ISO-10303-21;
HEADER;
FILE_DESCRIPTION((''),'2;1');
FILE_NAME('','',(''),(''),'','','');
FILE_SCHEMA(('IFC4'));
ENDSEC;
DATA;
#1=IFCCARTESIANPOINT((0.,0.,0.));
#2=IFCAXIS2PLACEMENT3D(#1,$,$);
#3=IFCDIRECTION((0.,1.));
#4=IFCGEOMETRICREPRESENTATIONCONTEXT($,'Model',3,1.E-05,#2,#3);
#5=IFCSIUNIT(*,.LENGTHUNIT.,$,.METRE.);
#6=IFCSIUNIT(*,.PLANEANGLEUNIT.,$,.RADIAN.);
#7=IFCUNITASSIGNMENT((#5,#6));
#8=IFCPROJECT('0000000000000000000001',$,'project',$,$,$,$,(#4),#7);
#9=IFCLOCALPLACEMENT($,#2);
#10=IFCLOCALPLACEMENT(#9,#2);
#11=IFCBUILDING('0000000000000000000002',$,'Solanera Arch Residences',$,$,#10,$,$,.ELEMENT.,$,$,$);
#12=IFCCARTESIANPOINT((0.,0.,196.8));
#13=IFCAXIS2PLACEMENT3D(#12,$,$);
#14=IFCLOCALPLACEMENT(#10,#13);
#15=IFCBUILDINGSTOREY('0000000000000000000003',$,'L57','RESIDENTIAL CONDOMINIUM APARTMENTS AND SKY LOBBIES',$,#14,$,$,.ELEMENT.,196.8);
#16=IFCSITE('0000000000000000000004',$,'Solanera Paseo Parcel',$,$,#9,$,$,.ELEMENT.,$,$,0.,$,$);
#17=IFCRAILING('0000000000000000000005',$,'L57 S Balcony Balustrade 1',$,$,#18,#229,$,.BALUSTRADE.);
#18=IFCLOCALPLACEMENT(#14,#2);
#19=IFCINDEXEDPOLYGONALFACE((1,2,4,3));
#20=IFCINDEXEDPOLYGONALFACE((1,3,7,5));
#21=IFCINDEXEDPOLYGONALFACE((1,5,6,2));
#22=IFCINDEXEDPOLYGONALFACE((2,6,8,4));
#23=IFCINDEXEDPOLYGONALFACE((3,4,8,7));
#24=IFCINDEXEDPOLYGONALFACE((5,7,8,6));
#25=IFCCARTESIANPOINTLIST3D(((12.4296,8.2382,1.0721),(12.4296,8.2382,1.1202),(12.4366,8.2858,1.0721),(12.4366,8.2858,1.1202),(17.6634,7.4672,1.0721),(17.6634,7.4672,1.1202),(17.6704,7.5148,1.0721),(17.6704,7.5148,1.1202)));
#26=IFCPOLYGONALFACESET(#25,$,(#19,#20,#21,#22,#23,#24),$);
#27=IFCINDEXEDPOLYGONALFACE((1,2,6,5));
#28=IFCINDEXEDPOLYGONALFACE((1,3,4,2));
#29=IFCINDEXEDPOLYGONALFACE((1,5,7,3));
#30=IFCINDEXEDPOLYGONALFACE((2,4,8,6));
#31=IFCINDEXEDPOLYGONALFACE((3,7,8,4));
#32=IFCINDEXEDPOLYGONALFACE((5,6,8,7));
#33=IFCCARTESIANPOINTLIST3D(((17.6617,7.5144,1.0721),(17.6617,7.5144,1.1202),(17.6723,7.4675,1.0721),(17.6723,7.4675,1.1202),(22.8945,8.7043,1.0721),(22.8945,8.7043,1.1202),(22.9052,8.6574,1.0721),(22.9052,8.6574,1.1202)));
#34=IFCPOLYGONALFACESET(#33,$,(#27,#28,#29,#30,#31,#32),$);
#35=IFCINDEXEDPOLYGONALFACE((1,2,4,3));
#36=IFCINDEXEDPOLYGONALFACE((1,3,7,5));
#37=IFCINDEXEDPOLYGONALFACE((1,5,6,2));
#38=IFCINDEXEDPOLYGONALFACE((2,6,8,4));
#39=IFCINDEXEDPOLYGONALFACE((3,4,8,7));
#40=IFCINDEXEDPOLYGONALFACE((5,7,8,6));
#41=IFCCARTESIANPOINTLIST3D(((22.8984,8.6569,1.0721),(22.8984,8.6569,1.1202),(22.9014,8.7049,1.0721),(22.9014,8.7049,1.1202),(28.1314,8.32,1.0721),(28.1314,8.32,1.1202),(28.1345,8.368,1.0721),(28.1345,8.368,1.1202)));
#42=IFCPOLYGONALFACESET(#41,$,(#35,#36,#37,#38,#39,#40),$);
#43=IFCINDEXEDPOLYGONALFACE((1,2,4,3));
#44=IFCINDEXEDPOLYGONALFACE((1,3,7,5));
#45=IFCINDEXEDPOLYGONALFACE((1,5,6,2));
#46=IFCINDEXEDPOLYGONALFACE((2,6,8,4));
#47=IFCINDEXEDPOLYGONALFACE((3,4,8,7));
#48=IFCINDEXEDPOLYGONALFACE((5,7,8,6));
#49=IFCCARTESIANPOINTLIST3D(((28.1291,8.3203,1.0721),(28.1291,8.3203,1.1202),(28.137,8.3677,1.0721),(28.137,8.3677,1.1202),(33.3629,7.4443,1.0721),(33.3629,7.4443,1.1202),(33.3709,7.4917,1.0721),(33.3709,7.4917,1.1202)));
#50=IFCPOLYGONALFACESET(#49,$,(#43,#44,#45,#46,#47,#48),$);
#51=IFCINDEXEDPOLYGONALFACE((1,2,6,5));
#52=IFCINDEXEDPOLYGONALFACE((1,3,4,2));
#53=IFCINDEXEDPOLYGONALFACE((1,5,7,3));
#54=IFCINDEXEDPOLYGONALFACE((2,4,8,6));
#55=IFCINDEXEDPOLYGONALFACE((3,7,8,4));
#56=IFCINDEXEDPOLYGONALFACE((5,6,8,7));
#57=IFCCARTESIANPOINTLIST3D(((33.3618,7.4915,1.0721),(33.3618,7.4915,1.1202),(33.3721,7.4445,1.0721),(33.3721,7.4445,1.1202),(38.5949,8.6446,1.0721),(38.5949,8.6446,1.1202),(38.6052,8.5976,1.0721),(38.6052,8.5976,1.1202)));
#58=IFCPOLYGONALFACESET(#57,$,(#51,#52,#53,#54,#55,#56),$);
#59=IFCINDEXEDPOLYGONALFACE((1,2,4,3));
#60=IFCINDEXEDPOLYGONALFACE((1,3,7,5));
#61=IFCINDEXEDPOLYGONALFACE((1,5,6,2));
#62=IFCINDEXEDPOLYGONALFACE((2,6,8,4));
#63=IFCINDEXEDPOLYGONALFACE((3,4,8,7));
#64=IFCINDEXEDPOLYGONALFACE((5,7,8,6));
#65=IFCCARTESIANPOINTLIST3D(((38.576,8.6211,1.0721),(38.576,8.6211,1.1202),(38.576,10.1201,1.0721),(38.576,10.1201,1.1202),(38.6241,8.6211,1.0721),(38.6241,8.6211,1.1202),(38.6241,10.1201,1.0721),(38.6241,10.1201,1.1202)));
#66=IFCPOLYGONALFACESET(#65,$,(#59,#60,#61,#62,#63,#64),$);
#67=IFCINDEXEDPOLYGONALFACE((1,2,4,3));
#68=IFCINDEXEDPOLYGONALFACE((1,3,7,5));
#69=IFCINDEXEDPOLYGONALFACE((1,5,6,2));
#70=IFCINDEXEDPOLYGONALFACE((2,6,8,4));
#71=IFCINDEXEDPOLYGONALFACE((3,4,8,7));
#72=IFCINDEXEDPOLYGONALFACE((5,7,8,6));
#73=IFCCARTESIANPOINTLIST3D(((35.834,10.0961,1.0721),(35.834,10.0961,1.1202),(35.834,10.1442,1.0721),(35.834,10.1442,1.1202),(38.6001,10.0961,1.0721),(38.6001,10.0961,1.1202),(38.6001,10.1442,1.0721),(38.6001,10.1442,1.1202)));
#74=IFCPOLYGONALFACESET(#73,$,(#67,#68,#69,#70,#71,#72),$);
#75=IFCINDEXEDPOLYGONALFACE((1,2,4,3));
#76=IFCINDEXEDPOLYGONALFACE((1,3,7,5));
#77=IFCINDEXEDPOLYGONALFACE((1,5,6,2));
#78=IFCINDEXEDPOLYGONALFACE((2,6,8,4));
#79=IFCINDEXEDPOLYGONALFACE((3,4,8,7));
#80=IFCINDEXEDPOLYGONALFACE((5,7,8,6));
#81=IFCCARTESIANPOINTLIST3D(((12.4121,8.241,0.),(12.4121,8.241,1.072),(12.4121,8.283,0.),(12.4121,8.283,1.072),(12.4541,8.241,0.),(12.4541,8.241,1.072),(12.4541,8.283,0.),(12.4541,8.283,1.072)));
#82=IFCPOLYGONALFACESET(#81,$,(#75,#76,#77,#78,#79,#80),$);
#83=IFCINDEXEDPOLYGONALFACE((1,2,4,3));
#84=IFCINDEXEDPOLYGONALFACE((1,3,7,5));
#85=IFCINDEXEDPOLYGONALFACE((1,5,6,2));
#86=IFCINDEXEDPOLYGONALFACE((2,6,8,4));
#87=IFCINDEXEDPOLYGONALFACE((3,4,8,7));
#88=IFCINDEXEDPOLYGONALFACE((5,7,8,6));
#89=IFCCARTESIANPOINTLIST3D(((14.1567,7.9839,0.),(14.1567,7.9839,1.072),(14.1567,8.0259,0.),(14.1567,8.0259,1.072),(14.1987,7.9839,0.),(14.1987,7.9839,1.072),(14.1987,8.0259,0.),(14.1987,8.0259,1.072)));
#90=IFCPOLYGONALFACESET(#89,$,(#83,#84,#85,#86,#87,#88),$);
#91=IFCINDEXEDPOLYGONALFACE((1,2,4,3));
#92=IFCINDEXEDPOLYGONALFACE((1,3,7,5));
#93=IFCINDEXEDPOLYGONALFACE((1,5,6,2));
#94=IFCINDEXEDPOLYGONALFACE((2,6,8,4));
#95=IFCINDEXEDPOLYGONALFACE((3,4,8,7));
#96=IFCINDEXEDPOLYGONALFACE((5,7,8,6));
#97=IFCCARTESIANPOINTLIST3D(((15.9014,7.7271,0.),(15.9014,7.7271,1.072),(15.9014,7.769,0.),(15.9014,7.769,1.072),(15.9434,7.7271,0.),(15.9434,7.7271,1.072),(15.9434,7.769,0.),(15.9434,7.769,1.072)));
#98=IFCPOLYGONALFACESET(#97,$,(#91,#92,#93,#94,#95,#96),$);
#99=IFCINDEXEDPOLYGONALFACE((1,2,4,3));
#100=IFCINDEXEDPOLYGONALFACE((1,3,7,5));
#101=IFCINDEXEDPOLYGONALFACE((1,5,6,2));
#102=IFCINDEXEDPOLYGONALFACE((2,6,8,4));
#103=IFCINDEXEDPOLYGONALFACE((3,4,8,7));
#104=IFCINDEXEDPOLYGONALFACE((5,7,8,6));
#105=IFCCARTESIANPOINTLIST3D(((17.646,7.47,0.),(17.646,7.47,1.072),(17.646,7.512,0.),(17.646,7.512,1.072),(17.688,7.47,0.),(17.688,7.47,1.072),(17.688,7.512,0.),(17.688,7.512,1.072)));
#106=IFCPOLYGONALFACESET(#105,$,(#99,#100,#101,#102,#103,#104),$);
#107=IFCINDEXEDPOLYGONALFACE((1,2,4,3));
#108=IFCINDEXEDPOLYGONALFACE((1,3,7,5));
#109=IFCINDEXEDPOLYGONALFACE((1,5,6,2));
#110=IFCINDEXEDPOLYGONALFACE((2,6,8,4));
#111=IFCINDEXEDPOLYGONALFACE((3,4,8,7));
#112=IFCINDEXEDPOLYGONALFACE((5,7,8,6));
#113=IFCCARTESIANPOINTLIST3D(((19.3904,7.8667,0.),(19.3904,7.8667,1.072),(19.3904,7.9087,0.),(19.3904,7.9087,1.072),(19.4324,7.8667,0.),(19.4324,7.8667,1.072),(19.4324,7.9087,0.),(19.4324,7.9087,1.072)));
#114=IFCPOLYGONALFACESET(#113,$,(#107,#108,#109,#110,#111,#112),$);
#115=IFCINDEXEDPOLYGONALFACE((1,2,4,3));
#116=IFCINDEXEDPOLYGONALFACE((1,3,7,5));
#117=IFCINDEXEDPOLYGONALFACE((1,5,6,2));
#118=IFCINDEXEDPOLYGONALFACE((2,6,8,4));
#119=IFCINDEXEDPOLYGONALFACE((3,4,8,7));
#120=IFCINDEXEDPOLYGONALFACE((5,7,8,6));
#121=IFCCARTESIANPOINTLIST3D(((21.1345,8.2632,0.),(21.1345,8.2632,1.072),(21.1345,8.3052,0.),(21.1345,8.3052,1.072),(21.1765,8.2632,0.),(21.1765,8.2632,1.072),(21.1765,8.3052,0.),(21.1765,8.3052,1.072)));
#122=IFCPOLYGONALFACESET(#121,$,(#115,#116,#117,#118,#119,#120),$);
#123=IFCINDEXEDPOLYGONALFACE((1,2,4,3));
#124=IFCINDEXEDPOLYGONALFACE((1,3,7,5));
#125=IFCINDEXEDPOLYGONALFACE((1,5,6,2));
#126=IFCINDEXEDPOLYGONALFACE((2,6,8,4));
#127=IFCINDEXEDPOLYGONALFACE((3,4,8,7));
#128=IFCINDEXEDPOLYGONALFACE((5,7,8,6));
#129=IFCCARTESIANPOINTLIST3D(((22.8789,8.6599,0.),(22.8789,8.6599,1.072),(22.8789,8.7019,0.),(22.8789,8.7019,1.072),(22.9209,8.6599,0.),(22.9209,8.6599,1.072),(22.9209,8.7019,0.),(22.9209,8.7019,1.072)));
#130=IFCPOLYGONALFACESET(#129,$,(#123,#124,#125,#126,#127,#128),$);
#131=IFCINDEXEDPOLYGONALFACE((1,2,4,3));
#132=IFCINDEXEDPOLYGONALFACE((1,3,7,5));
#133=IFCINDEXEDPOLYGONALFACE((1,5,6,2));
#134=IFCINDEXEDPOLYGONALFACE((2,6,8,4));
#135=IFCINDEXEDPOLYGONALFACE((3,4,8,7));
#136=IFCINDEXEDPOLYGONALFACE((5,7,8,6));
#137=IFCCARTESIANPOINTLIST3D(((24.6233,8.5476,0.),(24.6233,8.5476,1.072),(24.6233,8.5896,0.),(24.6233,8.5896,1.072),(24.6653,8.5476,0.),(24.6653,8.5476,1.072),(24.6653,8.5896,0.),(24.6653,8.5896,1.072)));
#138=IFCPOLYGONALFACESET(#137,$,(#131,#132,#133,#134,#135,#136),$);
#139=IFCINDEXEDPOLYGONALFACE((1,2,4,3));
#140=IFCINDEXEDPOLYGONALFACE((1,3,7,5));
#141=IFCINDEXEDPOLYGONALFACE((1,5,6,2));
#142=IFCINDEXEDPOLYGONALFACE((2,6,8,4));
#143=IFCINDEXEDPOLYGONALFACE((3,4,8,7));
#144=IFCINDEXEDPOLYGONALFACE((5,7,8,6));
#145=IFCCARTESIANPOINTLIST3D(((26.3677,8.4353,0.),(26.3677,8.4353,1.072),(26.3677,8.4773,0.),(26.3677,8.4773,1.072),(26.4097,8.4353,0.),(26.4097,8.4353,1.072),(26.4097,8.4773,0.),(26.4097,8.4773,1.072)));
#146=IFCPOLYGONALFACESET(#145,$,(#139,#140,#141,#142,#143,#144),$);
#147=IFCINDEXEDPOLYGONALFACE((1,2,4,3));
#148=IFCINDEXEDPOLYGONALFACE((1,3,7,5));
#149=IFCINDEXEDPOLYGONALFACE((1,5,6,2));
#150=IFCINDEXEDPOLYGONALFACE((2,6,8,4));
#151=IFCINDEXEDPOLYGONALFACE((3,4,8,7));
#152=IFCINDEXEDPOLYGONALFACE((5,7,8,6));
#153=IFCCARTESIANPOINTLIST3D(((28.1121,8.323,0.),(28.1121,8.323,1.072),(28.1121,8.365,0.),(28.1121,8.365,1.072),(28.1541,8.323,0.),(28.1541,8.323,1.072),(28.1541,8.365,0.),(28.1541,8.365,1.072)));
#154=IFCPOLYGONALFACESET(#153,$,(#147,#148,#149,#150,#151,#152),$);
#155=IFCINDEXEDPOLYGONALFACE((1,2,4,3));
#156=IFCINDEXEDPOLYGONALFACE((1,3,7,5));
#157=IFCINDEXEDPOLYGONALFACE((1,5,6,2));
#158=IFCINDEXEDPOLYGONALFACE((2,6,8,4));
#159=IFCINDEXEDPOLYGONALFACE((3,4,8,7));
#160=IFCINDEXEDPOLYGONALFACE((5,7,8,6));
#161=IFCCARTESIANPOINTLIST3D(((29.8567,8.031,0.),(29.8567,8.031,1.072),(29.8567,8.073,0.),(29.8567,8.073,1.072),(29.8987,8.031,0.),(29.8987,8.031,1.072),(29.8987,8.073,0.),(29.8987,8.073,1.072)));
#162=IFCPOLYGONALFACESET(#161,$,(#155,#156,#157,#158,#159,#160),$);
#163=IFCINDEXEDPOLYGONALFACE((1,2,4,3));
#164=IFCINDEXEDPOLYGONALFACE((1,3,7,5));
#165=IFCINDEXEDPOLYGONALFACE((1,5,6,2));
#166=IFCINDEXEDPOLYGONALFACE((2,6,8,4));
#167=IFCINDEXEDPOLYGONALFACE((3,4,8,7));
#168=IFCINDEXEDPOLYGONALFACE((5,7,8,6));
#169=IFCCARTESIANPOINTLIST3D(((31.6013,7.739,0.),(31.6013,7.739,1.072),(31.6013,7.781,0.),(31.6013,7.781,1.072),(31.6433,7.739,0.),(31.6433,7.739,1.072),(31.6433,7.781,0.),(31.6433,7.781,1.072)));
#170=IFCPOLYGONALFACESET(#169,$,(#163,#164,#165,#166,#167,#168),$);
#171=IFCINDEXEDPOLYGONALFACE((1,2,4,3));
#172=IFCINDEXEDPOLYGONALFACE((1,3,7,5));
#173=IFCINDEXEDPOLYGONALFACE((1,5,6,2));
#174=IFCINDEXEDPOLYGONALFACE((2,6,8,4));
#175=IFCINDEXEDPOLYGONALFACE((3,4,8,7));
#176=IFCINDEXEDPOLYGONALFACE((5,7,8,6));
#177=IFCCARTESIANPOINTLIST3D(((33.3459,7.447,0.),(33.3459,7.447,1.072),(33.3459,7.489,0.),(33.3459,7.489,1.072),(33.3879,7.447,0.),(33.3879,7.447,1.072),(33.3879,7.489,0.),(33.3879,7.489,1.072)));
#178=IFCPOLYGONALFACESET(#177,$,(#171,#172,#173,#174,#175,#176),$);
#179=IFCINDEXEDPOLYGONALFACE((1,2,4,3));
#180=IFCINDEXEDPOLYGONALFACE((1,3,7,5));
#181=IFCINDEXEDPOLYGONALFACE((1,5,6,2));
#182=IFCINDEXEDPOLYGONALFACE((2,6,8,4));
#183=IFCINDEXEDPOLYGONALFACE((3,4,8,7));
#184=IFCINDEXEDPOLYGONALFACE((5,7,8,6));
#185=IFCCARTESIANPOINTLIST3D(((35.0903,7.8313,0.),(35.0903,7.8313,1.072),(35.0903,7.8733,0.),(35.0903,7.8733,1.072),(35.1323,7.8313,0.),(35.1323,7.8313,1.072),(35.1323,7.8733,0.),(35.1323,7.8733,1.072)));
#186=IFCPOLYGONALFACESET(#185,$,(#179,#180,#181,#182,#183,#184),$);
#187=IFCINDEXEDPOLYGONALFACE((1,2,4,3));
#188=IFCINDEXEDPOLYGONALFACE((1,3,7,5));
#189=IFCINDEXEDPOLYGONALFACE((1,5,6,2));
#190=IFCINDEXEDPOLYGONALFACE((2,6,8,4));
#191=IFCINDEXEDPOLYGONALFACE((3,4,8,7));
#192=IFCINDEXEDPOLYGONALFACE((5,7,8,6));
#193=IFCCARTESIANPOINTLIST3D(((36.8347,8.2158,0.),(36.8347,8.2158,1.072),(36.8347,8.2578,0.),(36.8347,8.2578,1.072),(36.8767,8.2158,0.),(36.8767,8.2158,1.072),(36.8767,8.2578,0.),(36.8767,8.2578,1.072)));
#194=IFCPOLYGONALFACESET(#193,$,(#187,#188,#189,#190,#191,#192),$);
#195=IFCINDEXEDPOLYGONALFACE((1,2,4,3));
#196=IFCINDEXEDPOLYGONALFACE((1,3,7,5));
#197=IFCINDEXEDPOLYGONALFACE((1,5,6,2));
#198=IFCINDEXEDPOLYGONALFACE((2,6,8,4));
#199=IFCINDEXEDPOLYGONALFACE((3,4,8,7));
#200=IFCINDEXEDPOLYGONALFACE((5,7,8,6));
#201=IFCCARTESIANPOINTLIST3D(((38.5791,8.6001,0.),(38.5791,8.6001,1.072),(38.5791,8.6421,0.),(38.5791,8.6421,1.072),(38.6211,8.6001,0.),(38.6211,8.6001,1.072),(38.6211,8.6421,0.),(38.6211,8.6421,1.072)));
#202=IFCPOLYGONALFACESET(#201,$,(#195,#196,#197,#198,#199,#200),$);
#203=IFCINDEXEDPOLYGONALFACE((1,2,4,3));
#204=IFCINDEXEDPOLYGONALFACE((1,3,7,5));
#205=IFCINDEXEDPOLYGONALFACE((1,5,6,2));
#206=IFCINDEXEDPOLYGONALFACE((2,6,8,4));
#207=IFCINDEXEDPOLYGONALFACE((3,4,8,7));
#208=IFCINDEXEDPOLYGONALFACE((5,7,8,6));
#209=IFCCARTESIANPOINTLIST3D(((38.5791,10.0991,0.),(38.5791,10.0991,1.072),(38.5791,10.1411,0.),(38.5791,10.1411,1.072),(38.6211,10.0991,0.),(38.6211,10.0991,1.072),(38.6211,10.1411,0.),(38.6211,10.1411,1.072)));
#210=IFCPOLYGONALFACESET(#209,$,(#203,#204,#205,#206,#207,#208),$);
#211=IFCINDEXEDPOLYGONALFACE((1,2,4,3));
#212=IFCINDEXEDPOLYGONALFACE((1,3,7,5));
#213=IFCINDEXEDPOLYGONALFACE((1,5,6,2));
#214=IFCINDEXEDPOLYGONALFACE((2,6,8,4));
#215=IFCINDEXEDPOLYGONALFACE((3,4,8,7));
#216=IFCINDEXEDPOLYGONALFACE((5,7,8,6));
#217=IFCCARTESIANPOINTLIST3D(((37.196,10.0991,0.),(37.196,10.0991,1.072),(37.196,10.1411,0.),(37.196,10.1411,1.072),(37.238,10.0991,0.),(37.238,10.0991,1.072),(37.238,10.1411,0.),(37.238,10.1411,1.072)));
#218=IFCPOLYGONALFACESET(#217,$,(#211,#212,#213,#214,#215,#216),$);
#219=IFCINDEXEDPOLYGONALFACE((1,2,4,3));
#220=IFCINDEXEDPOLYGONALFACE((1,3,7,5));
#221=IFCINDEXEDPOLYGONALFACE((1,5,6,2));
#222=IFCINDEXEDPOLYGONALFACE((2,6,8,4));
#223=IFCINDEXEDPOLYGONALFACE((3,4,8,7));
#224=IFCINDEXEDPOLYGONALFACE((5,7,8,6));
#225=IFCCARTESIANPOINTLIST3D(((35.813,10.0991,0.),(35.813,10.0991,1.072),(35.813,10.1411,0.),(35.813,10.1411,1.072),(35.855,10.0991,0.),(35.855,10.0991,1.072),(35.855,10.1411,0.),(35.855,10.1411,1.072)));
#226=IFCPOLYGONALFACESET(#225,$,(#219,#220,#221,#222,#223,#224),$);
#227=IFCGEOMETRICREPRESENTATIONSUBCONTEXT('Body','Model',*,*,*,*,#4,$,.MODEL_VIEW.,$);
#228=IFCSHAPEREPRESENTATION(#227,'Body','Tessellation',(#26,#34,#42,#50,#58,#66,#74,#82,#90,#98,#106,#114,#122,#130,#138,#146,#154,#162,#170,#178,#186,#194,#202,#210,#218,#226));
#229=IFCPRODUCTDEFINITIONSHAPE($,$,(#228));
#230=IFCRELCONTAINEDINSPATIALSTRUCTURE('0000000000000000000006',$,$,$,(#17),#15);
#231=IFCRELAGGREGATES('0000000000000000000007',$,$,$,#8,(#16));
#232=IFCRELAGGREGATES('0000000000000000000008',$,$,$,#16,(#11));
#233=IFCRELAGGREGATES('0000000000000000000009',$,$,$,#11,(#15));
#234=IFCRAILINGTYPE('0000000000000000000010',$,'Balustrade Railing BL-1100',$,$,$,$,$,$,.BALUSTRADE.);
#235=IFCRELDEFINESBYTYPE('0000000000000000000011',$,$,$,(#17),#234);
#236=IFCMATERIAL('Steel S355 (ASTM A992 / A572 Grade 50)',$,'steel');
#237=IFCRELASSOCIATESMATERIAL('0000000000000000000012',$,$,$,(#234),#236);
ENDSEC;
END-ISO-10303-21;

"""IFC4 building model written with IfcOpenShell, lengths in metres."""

from ifc_helpers import new_model, si_unit, direction, frame, origin, origin_2d, place, context, subcontext, project, spatial, rectangle, extrude, material, type_object, element, save


model = new_model("IFC4")

# Units and contexts
model_context = context("Model", 3, precision=1e-05, world=origin(), true_north=direction((0.0, 1.0)))
body_context = subcontext(model_context, "Body", "Model", "MODEL_VIEW")
ifc_project = project(units=[si_unit("LENGTHUNIT", "METRE"), si_unit("PLANEANGLEUNIT", "RADIAN")], contexts=[model_context])

# Site, building, storey
site_placement = place(None, origin())
site = spatial("IfcSite", under=ifc_project, at=site_placement, Name="Solanera Paseo Parcel", CompositionType="ELEMENT", RefElevation=0.0)
building_placement = place(site_placement, origin())
building = spatial("IfcBuilding", under=site, at=building_placement, Name="Solanera Arch Residences", CompositionType="ELEMENT")
storey_placement = place(building_placement, frame((0.0, 0.0, 196.8)))
storey = spatial("IfcBuildingStorey", under=building, at=storey_placement, Name="L57", Description="RESIDENTIAL CONDOMINIUM APARTMENTS AND SKY LOBBIES", CompositionType="ELEMENT", Elevation=196.8)

# Railing
ifc_material_1 = material(Name="Steel S355 (ASTM A992 / A572 Grade 50)", Category="steel")
railing_type = type_object("IfcRailingType", Name="Balustrade Railing BL-1100", PredefinedType="BALUSTRADE", material=ifc_material_1)
railing_placement = place(storey_placement, frame((12.4331, 8.262, 0.0)))
element("IfcRailing", 1, at=railing_placement, inside=storey, type_object=railing_type, Name="L57 S Balcony Balustrade 1", PredefinedType="BALUSTRADE", context=body_context, shape_type="SweptSolid", body=[
    extrude(rectangle(XDim=0.0481, YDim=0.0481, at=origin_2d()), frame((0.0, 0.0, 1.0962), z_axis=(0.989324, -0.145736, 0.0), x_axis=(0.145736, 0.989324, 0.0)), (0.0, 0.0, 1.0), 5.2903),
    extrude(rectangle(XDim=0.0481, YDim=0.0481, at=origin_2d()), frame((5.2339, -0.771, 1.0962), z_axis=(0.975107, 0.221735, 0.0), x_axis=(-0.221735, 0.975107, 0.0)), (0.0, 0.0, 1.0), 5.3665),
    extrude(rectangle(XDim=0.0481, YDim=0.0481, at=origin_2d()), frame((10.4668, 0.4189, 1.0962), z_axis=(0.997934, -0.064248, 0.0), x_axis=(0.064248, 0.997934, 0.0)), (0.0, 0.0, 1.0), 5.2439),
    extrude(rectangle(XDim=0.0481, YDim=0.0481, at=origin_2d()), frame((15.7, 0.082, 1.0962), z_axis=(0.986282, -0.16507, 0.0), x_axis=(0.16507, 0.986282, 0.0)), (0.0, 0.0, 1.0), 5.3066),
    extrude(rectangle(XDim=0.0481, YDim=0.0481, at=origin_2d()), frame((20.9338, -0.7939, 1.0962), z_axis=(0.976575, 0.215179, 0.0), x_axis=(-0.215179, 0.976575, 0.0)), (0.0, 0.0, 1.0), 5.3586),
    extrude(rectangle(XDim=0.0481, YDim=0.0481, at=origin_2d()), frame((26.167, 0.3591, 1.0962), z_axis=(0.0, 1.0, 0.0), x_axis=(-1.0, 0.0, 0.0)), (0.0, 0.0, 1.0), 1.499),
    extrude(rectangle(XDim=0.0481, YDim=0.0481, at=origin_2d()), frame((26.167, 1.8582, 1.0962), z_axis=(-1.0, 0.0, 0.0), x_axis=(0.0, -1.0, 0.0)), (0.0, 0.0, 1.0), 2.7661),
    extrude(rectangle(XDim=0.042, YDim=0.042, at=origin_2d()), origin(), (0.0, 0.0, 1.0), 1.072),
    extrude(rectangle(XDim=0.042, YDim=0.042, at=origin_2d()), frame((1.7446, -0.2571, 0.0)), (0.0, 0.0, 1.0), 1.072),
    extrude(rectangle(XDim=0.042, YDim=0.042, at=origin_2d()), frame((3.4893, -0.5139, 0.0)), (0.0, 0.0, 1.0), 1.072),
    extrude(rectangle(XDim=0.042, YDim=0.042, at=origin_2d()), frame((5.2339, -0.771, 0.0)), (0.0, 0.0, 1.0), 1.072),
    extrude(rectangle(XDim=0.042, YDim=0.042, at=origin_2d()), frame((6.9783, -0.3743, 0.0)), (0.0, 0.0, 1.0), 1.072),
    extrude(rectangle(XDim=0.042, YDim=0.042, at=origin_2d()), frame((8.7224, 0.0222, 0.0)), (0.0, 0.0, 1.0), 1.072),
    extrude(rectangle(XDim=0.042, YDim=0.042, at=origin_2d()), frame((10.4668, 0.4189, 0.0)), (0.0, 0.0, 1.0), 1.072),
    extrude(rectangle(XDim=0.042, YDim=0.042, at=origin_2d()), frame((12.2112, 0.3066, 0.0)), (0.0, 0.0, 1.0), 1.072),
    extrude(rectangle(XDim=0.042, YDim=0.042, at=origin_2d()), frame((13.9556, 0.1943, 0.0)), (0.0, 0.0, 1.0), 1.072),
    extrude(rectangle(XDim=0.042, YDim=0.042, at=origin_2d()), frame((15.7, 0.082, 0.0)), (0.0, 0.0, 1.0), 1.072),
    extrude(rectangle(XDim=0.042, YDim=0.042, at=origin_2d()), frame((17.4446, -0.21, 0.0)), (0.0, 0.0, 1.0), 1.072),
    extrude(rectangle(XDim=0.042, YDim=0.042, at=origin_2d()), frame((19.1892, -0.502, 0.0)), (0.0, 0.0, 1.0), 1.072),
    extrude(rectangle(XDim=0.042, YDim=0.042, at=origin_2d()), frame((20.9338, -0.7939, 0.0)), (0.0, 0.0, 1.0), 1.072),
    extrude(rectangle(XDim=0.042, YDim=0.042, at=origin_2d()), frame((22.6782, -0.4097, 0.0)), (0.0, 0.0, 1.0), 1.072),
    extrude(rectangle(XDim=0.042, YDim=0.042, at=origin_2d()), frame((24.4226, -0.0251, 0.0)), (0.0, 0.0, 1.0), 1.072),
    extrude(rectangle(XDim=0.042, YDim=0.042, at=origin_2d()), frame((26.167, 0.3591, 0.0)), (0.0, 0.0, 1.0), 1.072),
    extrude(rectangle(XDim=0.042, YDim=0.042, at=origin_2d()), frame((26.167, 1.8582, 0.0)), (0.0, 0.0, 1.0), 1.072),
    extrude(rectangle(XDim=0.042, YDim=0.042, at=origin_2d()), frame((24.7839, 1.8582, 0.0)), (0.0, 0.0, 1.0), 1.072),
    extrude(rectangle(XDim=0.042, YDim=0.042, at=origin_2d()), frame((23.4009, 1.8582, 0.0)), (0.0, 0.0, 1.0), 1.072),
])

save(model, "model.ifc")
